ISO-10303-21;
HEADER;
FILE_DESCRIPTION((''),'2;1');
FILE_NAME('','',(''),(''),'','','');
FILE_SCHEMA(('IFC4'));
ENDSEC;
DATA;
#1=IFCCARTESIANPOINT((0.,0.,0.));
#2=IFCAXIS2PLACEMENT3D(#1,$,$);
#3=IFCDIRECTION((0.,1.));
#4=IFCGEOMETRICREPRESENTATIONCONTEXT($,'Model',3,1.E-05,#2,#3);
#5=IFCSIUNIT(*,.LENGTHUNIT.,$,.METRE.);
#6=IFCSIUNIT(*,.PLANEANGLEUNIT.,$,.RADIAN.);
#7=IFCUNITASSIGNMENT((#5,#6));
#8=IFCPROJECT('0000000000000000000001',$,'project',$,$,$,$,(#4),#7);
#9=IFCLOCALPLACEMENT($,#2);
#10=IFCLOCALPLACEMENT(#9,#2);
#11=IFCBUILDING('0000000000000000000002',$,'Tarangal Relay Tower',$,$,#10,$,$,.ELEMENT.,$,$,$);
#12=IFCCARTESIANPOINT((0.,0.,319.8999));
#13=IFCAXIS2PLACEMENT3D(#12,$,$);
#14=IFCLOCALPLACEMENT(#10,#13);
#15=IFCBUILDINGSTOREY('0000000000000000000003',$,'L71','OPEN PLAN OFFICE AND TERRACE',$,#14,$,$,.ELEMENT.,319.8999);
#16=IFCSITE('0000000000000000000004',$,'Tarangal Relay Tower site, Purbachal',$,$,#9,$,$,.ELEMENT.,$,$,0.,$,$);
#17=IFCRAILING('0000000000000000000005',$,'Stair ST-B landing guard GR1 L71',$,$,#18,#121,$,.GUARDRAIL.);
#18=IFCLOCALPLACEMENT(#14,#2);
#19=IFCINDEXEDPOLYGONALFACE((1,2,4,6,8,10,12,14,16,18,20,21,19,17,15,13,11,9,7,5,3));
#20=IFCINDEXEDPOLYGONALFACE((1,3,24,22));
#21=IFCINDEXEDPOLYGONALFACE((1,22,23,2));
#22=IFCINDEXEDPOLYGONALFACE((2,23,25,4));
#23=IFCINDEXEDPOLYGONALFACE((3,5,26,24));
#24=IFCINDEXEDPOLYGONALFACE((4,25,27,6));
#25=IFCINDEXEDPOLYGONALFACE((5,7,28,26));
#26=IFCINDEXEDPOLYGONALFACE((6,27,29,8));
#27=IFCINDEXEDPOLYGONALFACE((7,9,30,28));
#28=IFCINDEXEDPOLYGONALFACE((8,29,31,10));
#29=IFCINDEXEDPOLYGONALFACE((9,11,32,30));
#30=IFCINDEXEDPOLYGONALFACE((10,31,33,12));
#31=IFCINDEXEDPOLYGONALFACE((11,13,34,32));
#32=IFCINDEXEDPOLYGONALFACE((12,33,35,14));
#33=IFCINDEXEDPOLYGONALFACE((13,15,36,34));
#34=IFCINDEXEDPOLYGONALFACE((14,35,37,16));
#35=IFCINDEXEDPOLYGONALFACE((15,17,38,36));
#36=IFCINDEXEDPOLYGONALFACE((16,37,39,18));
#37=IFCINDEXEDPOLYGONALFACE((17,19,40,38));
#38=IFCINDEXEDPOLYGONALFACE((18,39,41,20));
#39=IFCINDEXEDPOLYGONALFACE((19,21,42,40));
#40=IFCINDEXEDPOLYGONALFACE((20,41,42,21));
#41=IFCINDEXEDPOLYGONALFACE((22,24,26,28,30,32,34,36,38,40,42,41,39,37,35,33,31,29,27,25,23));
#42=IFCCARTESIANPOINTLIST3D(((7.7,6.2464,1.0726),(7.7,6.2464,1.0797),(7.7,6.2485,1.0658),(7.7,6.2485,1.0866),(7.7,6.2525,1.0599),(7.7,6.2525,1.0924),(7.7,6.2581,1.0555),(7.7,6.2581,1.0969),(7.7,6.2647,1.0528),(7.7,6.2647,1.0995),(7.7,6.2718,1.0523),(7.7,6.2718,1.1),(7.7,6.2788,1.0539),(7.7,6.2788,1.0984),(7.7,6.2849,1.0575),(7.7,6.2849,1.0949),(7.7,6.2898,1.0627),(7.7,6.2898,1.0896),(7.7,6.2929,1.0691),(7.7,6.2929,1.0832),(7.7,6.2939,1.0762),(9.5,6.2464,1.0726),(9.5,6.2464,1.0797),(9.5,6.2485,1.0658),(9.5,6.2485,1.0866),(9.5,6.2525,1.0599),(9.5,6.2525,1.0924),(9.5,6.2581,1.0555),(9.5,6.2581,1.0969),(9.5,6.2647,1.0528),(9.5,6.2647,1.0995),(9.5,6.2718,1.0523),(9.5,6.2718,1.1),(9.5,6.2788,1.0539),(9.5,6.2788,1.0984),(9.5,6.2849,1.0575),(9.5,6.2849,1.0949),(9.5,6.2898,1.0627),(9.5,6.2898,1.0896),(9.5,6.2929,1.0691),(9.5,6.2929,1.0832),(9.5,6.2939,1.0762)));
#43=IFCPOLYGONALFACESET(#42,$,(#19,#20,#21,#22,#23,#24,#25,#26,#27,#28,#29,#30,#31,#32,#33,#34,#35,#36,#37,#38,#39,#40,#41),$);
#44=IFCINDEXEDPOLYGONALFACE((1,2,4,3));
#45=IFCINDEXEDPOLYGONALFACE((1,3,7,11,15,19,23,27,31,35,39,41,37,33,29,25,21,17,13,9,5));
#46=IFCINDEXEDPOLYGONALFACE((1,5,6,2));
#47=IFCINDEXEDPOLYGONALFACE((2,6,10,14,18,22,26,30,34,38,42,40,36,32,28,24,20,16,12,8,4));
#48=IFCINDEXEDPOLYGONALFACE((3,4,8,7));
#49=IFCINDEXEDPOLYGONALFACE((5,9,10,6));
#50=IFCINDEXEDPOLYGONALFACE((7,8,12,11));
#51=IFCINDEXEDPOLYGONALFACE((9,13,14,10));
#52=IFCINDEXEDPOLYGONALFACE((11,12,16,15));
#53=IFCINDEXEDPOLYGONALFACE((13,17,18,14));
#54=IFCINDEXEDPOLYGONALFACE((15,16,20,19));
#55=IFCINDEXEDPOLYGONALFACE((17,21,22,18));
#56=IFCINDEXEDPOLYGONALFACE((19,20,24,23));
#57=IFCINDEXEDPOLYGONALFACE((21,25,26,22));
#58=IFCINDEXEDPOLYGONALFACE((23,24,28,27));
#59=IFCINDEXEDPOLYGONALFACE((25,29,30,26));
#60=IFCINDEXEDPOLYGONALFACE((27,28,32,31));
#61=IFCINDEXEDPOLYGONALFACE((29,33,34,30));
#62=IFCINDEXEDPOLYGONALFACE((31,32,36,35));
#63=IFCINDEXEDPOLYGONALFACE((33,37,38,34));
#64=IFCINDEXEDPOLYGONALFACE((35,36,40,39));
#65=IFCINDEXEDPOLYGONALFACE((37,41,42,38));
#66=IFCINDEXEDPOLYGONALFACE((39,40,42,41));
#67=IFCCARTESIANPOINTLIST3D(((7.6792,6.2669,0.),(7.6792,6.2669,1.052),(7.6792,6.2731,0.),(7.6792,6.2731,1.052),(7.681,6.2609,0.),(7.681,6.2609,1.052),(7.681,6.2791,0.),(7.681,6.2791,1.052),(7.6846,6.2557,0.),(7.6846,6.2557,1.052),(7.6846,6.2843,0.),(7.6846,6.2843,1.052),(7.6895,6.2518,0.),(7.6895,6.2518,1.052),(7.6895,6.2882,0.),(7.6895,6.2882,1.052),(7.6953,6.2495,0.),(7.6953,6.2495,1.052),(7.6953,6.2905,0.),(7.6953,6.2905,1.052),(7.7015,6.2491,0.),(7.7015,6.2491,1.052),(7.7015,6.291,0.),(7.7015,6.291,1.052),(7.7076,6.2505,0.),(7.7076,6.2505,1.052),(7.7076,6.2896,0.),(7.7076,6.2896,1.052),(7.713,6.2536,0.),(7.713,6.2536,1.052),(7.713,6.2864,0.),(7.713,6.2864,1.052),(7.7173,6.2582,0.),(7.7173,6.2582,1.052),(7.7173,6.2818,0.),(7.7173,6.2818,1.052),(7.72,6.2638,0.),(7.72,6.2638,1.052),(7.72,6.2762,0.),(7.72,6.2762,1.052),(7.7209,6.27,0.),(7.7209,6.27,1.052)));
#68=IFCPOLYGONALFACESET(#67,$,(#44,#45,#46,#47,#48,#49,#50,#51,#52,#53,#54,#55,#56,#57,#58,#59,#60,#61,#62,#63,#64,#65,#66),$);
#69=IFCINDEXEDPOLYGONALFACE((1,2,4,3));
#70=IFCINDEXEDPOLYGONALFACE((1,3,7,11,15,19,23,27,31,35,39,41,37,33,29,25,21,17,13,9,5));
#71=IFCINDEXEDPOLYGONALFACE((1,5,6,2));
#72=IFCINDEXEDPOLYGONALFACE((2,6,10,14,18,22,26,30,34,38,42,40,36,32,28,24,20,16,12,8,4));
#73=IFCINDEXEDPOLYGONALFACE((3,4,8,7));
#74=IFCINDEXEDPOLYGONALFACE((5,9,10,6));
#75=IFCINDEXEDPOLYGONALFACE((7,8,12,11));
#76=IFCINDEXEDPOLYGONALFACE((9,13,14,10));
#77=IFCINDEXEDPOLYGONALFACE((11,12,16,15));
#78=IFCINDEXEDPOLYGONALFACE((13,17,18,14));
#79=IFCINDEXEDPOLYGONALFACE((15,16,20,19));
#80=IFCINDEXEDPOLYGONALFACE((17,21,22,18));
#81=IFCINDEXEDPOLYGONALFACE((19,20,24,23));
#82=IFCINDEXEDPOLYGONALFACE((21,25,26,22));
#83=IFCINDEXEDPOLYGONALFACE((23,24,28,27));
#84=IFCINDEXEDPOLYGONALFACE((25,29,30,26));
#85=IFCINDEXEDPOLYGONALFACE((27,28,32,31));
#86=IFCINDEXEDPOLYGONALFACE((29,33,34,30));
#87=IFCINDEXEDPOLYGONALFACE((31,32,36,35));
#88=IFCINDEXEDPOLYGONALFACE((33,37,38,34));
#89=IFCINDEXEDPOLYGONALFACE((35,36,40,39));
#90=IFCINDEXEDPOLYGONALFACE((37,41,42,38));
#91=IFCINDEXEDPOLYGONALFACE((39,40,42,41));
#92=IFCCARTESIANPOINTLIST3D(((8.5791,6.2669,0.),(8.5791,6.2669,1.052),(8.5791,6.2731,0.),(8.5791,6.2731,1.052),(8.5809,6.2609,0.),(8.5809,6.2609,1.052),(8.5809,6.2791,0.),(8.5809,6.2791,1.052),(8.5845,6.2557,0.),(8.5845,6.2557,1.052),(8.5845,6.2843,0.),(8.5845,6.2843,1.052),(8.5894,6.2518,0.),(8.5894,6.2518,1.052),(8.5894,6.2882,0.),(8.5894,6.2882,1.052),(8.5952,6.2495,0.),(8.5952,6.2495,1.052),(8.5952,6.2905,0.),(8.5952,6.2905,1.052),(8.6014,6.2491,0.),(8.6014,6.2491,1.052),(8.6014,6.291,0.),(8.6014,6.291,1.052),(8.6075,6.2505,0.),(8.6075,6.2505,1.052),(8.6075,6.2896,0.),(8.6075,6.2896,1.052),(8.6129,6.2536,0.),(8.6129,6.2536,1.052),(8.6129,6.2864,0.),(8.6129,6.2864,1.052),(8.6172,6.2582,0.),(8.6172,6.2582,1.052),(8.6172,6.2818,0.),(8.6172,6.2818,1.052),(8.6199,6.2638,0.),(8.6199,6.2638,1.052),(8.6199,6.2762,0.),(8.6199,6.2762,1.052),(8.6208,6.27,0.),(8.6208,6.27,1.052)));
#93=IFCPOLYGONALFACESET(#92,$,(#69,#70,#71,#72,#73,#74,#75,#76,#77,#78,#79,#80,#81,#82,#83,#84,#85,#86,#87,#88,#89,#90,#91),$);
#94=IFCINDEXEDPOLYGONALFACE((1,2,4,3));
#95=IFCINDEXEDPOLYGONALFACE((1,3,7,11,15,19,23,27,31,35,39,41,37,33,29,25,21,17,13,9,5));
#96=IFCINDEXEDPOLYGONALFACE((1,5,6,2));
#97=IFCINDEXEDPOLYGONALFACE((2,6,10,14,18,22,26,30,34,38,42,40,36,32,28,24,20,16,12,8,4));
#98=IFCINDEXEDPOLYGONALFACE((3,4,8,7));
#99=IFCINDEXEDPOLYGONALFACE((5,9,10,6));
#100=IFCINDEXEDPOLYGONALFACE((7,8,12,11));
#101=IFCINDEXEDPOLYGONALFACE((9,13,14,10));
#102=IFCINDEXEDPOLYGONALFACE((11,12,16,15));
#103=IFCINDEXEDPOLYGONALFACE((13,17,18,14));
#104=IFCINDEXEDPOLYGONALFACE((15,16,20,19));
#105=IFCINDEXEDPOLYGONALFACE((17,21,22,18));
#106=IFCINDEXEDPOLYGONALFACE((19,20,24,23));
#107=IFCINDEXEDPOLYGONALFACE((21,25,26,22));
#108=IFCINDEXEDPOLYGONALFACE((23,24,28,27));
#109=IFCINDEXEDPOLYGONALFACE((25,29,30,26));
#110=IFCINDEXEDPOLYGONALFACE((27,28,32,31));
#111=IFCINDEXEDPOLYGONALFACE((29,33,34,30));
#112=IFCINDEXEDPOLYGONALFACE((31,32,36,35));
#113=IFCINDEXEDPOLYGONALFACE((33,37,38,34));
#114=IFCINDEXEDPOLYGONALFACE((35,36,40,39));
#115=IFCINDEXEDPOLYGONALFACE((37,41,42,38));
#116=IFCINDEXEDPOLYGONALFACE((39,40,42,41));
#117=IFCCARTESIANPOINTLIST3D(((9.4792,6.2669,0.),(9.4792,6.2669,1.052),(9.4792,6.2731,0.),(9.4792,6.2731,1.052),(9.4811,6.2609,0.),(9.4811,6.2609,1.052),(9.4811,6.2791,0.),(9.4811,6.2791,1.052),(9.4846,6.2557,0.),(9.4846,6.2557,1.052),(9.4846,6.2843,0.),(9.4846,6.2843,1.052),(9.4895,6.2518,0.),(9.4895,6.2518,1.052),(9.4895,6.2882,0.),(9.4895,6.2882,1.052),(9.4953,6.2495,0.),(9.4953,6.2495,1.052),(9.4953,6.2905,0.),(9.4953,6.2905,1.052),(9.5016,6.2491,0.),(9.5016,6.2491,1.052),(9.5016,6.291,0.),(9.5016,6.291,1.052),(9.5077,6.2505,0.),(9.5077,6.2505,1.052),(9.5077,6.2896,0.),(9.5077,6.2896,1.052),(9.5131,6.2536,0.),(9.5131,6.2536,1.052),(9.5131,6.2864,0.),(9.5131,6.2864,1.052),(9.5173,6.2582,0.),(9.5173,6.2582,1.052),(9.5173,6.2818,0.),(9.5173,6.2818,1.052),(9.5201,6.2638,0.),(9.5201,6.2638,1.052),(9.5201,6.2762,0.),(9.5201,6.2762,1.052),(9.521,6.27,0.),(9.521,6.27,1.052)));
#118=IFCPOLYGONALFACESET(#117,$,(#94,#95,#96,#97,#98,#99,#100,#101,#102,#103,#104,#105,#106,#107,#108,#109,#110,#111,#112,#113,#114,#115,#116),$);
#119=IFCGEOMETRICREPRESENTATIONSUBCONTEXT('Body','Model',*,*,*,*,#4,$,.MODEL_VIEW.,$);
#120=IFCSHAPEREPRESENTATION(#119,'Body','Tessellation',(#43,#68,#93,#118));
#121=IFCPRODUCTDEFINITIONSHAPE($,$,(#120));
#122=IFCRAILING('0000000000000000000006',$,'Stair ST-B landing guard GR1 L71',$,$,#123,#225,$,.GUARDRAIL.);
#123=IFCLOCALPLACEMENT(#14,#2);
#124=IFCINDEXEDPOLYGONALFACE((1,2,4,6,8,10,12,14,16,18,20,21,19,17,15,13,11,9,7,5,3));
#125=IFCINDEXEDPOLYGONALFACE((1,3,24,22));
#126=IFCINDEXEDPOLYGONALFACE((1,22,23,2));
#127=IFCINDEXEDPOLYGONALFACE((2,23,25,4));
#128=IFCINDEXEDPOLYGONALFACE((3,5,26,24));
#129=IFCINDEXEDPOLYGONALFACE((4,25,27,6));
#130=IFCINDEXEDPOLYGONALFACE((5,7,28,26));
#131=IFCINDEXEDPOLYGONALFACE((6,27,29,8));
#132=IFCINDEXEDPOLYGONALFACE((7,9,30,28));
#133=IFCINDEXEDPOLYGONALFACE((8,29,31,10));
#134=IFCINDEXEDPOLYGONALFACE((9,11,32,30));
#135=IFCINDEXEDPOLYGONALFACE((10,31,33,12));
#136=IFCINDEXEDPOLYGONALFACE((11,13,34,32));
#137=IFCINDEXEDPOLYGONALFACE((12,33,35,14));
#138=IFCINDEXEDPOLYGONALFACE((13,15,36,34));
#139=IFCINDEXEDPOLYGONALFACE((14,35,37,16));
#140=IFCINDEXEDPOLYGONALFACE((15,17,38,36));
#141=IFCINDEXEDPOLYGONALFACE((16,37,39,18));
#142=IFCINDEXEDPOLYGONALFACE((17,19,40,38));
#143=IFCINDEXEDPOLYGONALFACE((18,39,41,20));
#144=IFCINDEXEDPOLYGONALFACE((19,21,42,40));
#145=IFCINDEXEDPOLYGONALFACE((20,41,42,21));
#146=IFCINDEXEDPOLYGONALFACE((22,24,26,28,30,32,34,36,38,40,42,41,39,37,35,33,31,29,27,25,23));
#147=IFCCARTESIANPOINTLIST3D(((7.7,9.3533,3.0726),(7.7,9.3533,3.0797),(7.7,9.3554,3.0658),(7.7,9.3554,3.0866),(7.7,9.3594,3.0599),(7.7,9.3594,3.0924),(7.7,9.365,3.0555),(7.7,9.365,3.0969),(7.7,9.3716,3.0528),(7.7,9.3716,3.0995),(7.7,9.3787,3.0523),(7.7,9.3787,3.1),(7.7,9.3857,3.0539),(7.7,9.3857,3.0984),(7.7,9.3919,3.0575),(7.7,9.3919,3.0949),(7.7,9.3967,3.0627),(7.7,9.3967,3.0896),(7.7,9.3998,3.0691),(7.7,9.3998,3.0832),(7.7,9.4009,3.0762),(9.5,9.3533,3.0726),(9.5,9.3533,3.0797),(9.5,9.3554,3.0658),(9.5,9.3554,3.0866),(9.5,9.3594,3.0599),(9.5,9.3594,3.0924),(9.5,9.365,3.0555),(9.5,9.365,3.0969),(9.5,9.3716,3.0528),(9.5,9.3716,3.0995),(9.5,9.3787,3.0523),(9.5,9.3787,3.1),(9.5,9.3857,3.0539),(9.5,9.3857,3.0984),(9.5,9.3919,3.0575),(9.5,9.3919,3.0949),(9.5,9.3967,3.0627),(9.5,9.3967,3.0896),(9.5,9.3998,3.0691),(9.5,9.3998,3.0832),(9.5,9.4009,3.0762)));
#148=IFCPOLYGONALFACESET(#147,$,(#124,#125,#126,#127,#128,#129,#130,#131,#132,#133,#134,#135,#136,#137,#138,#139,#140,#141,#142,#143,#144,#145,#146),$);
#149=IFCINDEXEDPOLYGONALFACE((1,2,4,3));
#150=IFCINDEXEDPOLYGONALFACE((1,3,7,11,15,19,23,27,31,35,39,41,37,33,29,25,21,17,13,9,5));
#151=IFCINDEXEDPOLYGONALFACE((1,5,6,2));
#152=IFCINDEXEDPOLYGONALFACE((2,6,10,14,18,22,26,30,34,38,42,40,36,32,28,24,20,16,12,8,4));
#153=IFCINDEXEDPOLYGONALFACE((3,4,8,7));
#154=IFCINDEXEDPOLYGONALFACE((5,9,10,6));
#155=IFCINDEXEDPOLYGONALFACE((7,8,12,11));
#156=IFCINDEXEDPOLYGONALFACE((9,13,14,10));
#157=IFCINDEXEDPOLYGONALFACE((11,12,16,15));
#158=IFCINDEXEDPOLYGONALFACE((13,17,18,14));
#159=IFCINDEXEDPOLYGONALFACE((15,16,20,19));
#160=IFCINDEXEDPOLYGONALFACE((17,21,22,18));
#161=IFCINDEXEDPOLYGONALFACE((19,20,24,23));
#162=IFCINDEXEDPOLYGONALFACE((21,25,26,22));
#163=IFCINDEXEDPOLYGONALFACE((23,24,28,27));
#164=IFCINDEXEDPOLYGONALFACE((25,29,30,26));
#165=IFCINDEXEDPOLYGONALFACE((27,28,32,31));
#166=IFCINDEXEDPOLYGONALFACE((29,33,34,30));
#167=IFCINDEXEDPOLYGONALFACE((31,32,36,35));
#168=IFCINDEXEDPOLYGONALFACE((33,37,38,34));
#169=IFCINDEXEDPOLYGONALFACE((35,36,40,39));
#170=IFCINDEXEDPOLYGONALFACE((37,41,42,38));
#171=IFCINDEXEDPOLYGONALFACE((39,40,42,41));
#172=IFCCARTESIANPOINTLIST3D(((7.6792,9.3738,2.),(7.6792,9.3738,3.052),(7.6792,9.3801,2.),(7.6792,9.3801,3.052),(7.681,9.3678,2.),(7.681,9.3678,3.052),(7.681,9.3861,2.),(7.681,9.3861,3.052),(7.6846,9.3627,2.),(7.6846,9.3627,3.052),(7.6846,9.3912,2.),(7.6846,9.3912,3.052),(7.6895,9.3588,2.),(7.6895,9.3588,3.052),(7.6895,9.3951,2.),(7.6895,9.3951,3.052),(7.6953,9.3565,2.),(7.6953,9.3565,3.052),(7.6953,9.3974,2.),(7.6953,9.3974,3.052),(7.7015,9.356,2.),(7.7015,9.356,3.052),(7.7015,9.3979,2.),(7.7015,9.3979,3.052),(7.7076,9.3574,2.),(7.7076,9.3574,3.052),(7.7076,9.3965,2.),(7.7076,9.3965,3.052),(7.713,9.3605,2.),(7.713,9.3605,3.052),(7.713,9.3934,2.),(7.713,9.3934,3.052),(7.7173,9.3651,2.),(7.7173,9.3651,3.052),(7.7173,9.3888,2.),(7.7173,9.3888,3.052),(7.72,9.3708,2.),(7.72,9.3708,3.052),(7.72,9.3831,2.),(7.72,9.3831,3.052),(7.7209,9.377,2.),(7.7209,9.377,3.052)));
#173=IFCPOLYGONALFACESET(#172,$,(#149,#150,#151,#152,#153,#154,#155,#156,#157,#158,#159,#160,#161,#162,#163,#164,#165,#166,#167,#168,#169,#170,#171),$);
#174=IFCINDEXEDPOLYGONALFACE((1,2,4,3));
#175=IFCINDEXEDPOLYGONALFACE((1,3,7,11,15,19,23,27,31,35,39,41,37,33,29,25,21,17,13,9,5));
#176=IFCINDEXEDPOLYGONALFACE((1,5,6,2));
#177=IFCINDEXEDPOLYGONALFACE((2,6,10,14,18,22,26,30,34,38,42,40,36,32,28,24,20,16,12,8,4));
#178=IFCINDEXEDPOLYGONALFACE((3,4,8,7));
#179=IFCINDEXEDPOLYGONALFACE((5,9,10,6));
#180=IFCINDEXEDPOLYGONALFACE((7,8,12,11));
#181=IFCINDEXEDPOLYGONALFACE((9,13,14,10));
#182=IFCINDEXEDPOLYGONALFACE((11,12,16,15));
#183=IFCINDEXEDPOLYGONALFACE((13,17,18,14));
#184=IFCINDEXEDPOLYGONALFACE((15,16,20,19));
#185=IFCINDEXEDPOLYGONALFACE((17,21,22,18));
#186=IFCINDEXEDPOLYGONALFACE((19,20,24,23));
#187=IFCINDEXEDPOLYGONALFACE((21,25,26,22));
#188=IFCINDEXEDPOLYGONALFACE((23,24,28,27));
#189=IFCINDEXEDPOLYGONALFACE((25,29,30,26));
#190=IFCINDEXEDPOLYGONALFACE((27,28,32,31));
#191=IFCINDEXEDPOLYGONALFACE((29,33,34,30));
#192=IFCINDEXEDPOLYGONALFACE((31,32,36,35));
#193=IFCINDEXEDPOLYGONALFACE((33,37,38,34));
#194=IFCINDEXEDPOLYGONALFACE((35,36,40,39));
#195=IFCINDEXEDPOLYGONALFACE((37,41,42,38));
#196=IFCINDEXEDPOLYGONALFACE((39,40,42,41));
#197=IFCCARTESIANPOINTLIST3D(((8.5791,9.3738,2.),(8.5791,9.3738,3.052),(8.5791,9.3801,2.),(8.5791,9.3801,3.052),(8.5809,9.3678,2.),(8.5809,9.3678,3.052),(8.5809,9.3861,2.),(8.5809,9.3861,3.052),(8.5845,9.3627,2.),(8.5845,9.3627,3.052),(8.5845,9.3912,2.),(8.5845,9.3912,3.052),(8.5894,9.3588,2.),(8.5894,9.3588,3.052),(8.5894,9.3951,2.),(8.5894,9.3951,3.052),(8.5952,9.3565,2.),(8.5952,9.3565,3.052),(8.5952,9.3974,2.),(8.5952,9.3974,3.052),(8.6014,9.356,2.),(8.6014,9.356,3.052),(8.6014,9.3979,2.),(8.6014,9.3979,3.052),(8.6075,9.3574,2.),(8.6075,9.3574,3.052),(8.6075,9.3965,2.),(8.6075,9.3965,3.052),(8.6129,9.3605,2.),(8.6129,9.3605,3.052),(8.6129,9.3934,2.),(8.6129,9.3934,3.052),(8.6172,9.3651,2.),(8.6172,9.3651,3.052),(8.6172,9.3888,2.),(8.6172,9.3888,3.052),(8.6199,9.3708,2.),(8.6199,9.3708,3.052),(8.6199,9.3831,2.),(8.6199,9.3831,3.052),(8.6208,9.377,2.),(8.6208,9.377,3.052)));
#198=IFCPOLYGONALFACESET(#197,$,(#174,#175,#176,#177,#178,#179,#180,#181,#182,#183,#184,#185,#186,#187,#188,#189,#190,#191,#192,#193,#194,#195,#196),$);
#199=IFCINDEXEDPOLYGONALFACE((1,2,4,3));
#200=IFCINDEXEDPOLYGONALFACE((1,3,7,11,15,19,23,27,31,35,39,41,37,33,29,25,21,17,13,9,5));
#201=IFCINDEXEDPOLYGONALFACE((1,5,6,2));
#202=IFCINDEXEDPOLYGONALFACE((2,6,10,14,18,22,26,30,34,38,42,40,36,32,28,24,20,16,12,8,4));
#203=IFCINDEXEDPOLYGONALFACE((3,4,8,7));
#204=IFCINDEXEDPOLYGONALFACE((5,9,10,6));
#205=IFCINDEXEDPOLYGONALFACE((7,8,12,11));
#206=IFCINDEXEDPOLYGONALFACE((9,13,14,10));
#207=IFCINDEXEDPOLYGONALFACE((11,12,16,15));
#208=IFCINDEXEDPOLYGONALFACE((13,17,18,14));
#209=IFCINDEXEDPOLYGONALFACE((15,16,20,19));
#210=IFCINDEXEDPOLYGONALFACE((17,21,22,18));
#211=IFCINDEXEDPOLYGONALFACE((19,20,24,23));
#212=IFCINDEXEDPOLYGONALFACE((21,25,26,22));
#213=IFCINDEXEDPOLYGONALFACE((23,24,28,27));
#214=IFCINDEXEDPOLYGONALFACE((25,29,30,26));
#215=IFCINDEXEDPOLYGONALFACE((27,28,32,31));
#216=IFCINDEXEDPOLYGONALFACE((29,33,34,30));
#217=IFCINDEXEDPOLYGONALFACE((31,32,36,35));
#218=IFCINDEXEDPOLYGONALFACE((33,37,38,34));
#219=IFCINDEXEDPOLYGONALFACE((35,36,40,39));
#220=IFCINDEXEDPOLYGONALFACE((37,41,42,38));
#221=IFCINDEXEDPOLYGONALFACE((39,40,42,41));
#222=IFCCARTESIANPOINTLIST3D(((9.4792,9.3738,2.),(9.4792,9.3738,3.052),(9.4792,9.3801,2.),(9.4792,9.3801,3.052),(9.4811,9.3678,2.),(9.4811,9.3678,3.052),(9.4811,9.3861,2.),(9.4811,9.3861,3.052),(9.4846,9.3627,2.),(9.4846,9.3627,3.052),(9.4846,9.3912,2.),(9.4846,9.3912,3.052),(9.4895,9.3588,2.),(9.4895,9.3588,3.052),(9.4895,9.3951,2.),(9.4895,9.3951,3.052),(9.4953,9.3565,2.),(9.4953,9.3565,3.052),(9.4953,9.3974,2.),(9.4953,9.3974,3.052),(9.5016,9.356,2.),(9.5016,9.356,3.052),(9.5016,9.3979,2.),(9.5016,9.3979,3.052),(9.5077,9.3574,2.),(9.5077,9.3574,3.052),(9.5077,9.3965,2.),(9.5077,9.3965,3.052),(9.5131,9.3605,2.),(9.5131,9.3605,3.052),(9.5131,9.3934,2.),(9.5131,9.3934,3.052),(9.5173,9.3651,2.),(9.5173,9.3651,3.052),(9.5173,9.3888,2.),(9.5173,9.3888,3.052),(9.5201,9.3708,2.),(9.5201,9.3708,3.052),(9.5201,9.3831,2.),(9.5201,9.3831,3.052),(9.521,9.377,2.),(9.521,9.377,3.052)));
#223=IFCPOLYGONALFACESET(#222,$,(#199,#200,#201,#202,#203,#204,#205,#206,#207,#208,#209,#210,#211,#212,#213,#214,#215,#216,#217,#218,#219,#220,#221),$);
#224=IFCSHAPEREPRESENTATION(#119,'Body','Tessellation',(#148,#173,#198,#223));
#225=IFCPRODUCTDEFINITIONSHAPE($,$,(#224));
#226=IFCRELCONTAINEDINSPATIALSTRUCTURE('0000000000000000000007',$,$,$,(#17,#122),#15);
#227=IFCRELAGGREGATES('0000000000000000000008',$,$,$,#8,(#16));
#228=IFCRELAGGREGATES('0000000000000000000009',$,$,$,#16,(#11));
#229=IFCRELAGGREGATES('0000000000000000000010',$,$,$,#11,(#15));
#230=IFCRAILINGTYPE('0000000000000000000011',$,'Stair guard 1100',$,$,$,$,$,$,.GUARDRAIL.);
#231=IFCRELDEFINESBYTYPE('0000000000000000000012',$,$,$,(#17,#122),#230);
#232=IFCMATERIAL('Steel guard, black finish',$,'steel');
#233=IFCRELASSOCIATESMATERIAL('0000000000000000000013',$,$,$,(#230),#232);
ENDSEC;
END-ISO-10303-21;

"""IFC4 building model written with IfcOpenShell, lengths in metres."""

from ifc_helpers import new_model, si_unit, direction, frame, origin, origin_2d, place, context, subcontext, project, spatial, circle, extrude, material, type_object, element, save


model = new_model("IFC4")

# Units and contexts
model_context = context("Model", 3, precision=1e-05, world=origin(), true_north=direction((0.0, 1.0)))
body_context = subcontext(model_context, "Body", "Model", "MODEL_VIEW")
ifc_project = project(units=[si_unit("LENGTHUNIT", "METRE"), si_unit("PLANEANGLEUNIT", "RADIAN")], contexts=[model_context])

# Site, building, storey
site_placement = place(None, origin())
site = spatial("IfcSite", under=ifc_project, at=site_placement, Name="Tarangal Relay Tower site, Purbachal", CompositionType="ELEMENT", RefElevation=0.0)
building_placement = place(site_placement, origin())
building = spatial("IfcBuilding", under=site, at=building_placement, Name="Tarangal Relay Tower", CompositionType="ELEMENT")
storey_placement = place(building_placement, frame((0.0, 0.0, 319.8999)))
storey = spatial("IfcBuildingStorey", under=building, at=storey_placement, Name="L71", Description="OPEN PLAN OFFICE AND TERRACE", CompositionType="ELEMENT", Elevation=319.8999)

# Railings
ifc_material_1 = material(Name="Steel guard, black finish", Category="steel")
railing_type_1 = type_object("IfcRailingType", Name="Stair guard 1100", PredefinedType="GUARDRAIL", material=ifc_material_1)
for number, where, name in (
    (1, (7.7, 6.27, 0.0), "Stair ST-B landing guard GR1 L71"),
    (2, (7.7, 9.377, 2.0), "Stair ST-B landing guard GR1 L71"),
):
    element("IfcRailing", number, at=place(storey_placement, frame(where)), inside=storey, type_object=railing_type_1, Name=name, PredefinedType="GUARDRAIL", context=body_context, shape_type="SweptSolid", body=[
        extrude(circle(Radius=0.0239, at=origin_2d()), frame((0.0, 0.0, 1.0762), z_axis=(1.0, 0.0, 0.0), x_axis=(0.0, 1.0, 0.0)), (0.0, 0.0, 1.0), 1.8),
        extrude(circle(Radius=0.021, at=origin_2d()), origin(), (0.0, 0.0, 1.0), 1.052),
        extrude(circle(Radius=0.021, at=origin_2d()), frame((0.8999, 0.0, 0.0)), (0.0, 0.0, 1.0), 1.052),
        extrude(circle(Radius=0.021, at=origin_2d()), frame((1.8, 0.0, 0.0)), (0.0, 0.0, 1.0), 1.052),
    ])

save(model, "model.ifc")
